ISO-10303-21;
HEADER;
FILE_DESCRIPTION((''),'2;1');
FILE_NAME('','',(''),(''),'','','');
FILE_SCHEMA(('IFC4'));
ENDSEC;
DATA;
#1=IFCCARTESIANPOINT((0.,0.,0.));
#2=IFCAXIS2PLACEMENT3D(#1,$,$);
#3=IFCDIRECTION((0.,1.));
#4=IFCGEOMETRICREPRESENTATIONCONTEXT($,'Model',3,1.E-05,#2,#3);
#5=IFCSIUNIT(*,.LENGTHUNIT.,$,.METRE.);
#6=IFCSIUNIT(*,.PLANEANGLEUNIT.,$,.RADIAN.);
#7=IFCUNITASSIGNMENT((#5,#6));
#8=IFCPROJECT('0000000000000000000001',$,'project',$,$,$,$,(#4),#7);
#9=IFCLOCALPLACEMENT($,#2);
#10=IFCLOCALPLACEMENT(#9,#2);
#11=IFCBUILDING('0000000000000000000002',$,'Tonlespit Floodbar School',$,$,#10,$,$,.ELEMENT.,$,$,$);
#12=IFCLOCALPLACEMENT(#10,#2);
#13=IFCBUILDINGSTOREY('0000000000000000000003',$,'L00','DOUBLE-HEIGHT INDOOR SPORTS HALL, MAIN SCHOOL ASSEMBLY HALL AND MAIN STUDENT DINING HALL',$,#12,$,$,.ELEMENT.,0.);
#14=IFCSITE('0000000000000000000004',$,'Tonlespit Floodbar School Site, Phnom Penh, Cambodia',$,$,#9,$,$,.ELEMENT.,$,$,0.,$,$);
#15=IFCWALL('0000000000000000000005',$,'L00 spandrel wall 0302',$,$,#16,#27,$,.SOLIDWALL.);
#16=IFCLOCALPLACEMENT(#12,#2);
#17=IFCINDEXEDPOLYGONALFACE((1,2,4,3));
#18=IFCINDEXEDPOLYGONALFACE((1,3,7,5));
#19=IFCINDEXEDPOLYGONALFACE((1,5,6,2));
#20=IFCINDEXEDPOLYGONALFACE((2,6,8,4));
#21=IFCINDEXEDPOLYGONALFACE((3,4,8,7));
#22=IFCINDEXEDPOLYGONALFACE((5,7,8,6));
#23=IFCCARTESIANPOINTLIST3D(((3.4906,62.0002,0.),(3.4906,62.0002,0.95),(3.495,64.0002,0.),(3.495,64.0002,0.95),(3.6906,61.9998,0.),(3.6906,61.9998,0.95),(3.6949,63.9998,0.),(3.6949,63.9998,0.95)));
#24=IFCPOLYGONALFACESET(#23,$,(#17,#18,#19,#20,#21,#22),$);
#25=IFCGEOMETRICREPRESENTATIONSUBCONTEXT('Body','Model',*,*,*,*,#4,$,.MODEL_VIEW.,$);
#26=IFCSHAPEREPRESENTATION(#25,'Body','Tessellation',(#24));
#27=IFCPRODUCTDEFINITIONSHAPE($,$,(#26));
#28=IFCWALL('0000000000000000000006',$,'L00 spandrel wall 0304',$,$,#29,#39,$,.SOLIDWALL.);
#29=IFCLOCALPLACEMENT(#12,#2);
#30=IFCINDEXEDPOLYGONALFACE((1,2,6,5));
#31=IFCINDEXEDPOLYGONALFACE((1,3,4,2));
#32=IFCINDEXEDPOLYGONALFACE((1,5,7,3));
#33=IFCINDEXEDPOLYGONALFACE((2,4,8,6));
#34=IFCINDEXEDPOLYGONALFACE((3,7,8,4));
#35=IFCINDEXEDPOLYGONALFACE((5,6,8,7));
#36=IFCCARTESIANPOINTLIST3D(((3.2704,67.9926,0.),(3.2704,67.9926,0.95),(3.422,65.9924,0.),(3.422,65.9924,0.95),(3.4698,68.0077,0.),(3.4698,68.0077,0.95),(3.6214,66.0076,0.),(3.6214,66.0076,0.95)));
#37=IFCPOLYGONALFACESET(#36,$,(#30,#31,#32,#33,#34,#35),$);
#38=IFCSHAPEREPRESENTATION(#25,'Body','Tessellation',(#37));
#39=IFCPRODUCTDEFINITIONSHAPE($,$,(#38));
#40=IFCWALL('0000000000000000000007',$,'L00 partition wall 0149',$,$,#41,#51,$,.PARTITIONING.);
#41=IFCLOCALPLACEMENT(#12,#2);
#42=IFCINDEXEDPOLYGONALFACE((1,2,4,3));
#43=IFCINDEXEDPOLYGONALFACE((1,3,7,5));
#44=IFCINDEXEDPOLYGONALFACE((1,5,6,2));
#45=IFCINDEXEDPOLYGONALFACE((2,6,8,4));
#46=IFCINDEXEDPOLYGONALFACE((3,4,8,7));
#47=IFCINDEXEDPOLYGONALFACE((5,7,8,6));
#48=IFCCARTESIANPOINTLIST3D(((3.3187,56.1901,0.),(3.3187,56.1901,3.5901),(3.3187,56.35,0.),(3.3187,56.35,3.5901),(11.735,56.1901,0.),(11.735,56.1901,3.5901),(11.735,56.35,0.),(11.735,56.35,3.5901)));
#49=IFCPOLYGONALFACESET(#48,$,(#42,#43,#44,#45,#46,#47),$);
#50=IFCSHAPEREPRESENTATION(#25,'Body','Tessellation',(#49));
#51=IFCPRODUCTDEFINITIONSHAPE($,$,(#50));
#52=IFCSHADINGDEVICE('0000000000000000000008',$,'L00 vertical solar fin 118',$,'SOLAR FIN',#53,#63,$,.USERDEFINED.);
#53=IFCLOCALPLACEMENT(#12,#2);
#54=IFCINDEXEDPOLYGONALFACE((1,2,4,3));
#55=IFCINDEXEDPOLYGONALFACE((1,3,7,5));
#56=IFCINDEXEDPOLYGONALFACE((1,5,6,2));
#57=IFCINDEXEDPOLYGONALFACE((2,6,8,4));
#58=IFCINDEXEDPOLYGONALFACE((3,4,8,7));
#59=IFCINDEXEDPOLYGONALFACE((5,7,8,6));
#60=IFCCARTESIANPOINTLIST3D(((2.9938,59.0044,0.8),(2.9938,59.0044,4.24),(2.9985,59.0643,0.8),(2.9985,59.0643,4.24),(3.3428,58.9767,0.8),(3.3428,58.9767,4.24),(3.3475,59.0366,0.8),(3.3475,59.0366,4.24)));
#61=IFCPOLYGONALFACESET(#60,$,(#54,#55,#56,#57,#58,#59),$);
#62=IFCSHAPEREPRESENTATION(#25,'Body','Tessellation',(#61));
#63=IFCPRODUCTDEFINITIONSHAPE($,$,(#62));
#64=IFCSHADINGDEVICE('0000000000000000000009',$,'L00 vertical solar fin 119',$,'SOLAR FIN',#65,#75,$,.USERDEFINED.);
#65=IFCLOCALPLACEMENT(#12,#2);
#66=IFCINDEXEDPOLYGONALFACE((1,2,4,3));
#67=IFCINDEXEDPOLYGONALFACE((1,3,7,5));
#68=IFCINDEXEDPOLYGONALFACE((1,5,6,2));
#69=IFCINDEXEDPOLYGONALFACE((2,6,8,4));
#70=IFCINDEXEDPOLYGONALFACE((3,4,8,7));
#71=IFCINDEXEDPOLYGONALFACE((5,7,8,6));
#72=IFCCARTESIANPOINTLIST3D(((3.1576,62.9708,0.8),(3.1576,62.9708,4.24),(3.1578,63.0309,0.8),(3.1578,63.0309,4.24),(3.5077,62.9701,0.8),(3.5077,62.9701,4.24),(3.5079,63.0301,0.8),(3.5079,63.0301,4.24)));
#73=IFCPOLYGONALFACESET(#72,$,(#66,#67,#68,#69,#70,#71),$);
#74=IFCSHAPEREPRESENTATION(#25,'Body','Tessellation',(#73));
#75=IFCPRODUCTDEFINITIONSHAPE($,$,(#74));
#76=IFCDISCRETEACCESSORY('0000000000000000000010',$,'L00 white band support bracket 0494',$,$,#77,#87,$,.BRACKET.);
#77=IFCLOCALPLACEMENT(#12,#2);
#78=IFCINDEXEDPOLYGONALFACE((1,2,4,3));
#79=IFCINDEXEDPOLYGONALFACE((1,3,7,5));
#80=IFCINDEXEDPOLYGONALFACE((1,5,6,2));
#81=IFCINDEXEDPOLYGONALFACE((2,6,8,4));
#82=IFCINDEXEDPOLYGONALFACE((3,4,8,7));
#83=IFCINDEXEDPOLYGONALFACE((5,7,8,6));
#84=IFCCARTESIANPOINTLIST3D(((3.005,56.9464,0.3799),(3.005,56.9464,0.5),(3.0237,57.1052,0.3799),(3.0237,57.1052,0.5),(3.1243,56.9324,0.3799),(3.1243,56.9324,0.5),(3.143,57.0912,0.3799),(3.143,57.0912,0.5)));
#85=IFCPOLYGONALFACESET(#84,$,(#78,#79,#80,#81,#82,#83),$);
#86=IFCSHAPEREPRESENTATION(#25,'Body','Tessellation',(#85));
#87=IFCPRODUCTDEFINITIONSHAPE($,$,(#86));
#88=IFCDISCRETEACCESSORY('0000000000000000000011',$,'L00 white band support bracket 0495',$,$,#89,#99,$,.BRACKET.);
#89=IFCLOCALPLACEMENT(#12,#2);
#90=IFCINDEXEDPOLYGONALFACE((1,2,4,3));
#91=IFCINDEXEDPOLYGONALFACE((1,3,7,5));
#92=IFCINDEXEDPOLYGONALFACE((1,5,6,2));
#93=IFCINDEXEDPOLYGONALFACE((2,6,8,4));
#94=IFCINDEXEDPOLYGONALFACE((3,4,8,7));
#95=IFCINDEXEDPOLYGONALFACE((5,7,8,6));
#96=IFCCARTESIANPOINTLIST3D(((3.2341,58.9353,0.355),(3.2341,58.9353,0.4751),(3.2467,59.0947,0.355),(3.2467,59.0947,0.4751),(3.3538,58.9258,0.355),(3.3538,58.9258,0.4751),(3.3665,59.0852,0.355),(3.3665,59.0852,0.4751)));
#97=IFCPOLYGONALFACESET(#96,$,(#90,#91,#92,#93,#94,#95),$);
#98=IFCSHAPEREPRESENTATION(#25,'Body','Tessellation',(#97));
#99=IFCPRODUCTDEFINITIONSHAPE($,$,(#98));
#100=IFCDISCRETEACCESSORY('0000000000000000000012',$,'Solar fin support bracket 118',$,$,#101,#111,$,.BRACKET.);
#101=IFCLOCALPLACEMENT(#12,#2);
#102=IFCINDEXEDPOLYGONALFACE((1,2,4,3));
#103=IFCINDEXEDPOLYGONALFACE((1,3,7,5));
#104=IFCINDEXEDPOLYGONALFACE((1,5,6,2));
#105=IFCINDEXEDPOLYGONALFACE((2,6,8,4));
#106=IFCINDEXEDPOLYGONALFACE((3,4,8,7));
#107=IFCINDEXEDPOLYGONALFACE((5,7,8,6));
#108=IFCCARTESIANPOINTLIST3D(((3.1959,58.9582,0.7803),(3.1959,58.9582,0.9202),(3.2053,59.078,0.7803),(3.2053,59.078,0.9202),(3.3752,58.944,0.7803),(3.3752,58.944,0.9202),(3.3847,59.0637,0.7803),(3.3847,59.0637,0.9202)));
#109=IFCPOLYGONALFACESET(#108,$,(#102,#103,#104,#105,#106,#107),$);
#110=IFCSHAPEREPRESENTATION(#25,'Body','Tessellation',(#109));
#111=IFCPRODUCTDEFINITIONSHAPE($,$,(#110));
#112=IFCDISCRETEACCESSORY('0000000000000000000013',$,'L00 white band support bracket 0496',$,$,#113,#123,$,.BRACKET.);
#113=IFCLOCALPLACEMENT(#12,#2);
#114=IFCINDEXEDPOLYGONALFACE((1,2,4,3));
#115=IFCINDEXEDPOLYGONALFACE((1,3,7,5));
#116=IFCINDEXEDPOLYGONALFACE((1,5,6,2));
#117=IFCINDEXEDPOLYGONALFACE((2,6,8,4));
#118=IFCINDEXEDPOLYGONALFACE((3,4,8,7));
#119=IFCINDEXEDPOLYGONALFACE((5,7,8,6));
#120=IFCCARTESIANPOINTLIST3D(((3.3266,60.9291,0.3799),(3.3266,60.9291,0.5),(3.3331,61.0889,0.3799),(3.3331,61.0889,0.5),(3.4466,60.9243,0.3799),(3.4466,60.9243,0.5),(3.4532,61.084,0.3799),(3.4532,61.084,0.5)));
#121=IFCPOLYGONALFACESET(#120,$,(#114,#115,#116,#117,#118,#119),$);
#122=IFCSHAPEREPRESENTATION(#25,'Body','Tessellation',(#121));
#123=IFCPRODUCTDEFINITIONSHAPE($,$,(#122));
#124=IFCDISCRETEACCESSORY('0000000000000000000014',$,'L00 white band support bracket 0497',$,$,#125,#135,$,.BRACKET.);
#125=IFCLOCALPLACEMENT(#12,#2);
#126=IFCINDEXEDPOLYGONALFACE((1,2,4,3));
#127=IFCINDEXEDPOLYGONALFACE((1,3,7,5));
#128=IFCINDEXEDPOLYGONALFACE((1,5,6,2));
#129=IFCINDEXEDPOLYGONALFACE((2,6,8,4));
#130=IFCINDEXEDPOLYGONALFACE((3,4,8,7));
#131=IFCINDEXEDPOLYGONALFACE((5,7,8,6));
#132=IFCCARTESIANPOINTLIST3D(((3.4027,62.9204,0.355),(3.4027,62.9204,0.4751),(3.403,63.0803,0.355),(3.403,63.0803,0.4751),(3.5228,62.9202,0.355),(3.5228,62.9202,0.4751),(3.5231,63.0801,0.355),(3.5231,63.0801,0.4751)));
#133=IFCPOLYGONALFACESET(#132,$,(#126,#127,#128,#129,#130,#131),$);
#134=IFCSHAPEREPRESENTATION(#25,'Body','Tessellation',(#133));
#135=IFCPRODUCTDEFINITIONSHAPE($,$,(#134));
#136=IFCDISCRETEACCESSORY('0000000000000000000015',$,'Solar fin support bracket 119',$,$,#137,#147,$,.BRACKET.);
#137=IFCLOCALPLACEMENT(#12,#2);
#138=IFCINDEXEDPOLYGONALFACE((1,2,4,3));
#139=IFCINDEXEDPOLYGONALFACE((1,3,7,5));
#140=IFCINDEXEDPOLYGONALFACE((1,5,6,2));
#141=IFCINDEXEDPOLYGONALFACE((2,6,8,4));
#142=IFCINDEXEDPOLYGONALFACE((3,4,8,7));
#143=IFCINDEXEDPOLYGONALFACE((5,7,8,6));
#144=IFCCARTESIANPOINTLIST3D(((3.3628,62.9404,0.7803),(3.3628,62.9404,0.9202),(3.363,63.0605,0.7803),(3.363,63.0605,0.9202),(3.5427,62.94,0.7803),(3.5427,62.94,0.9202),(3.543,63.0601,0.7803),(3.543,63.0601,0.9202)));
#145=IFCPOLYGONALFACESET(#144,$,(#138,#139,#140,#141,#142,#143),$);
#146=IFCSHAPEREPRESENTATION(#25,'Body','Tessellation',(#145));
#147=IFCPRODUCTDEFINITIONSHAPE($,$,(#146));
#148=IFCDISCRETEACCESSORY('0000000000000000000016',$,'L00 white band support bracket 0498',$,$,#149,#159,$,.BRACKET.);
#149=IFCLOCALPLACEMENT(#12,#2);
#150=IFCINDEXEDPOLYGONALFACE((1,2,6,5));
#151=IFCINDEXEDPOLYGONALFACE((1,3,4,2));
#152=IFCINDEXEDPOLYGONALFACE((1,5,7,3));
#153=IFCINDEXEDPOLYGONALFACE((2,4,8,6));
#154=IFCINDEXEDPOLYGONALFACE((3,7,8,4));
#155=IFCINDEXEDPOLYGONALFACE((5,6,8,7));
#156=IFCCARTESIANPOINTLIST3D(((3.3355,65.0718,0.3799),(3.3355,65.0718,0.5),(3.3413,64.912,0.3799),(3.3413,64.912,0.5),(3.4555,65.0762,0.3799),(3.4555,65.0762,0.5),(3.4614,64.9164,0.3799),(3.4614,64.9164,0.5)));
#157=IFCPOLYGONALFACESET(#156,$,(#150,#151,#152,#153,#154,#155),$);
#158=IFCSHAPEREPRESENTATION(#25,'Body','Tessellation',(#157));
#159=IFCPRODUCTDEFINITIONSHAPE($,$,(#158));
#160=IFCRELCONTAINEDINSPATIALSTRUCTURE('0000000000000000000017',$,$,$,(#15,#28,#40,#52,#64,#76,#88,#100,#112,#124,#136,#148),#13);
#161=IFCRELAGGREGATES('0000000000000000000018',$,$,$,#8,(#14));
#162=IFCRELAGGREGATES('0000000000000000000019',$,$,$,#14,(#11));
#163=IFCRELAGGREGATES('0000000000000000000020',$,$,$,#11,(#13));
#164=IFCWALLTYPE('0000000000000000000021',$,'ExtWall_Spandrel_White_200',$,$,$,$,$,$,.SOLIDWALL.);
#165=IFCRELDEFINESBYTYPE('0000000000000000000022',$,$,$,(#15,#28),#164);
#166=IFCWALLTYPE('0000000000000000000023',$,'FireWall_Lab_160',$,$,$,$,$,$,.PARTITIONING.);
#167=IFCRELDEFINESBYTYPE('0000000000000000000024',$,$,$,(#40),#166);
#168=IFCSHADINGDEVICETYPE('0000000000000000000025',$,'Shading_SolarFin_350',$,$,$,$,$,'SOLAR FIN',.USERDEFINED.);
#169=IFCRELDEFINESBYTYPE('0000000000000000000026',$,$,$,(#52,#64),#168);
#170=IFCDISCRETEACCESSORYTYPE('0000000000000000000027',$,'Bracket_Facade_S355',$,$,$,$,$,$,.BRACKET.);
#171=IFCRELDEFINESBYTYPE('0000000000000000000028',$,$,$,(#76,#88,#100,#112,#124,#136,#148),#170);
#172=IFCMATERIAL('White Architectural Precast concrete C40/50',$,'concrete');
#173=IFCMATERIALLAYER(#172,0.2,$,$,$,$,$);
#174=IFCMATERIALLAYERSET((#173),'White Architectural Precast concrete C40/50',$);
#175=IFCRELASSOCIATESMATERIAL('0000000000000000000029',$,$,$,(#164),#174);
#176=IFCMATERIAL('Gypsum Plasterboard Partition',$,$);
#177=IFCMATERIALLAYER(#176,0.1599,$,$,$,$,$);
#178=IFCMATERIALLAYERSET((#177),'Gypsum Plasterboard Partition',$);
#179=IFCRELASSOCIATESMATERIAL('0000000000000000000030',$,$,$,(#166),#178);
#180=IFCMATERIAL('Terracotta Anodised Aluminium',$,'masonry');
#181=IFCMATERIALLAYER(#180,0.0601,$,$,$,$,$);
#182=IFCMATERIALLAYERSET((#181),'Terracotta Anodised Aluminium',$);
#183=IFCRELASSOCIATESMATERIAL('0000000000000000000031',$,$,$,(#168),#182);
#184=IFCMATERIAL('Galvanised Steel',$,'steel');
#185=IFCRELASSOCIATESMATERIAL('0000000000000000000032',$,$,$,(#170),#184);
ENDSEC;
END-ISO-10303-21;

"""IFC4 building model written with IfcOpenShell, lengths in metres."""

from ifc_helpers import new_model, si_unit, direction, frame, frame_2d, origin, origin_2d, place, context, subcontext, project, spatial, rectangle, extrude, material, layer, layer_set, type_object, element, save


model = new_model("IFC4")

# Units and contexts
model_context = context("Model", 3, precision=1e-05, world=origin(), true_north=direction((0.0, 1.0)))
body_context = subcontext(model_context, "Body", "Model", "MODEL_VIEW")
ifc_project = project(units=[si_unit("LENGTHUNIT", "METRE"), si_unit("PLANEANGLEUNIT", "RADIAN")], contexts=[model_context])

# Site, building, storey
site_placement = place(None, origin())
site = spatial("IfcSite", under=ifc_project, at=site_placement, Name="Tonlespit Floodbar School Site, Phnom Penh, Cambodia", CompositionType="ELEMENT", RefElevation=0.0)
building_placement = place(site_placement, origin())
building = spatial("IfcBuilding", under=site, at=building_placement, Name="Tonlespit Floodbar School", CompositionType="ELEMENT")
storey_placement = place(building_placement, origin())
storey = spatial("IfcBuildingStorey", under=building, at=storey_placement, Name="L00", Description="DOUBLE-HEIGHT INDOOR SPORTS HALL, MAIN SCHOOL ASSEMBLY HALL AND MAIN STUDENT DINING HALL", CompositionType="ELEMENT", Elevation=0.0)

# Walls
ifc_material_1 = material(Name="White Architectural Precast concrete C40/50", Category="concrete")
ifc_layer_1 = layer(ifc_material_1, 0.2)
ifc_layer_set_1 = layer_set([ifc_layer_1], Name="White Architectural Precast concrete C40/50")
wall_type_1 = type_object("IfcWallType", Name="ExtWall_Spandrel_White_200", PredefinedType="SOLIDWALL", material=ifc_layer_set_1)
wall_1_placement = place(storey_placement, frame((3.5906, 62.0, 0.0), z_axis=(0.0, 0.0, 1.0), x_axis=(0.002197, 0.999998, 0.0)))
element("IfcWall", 1, at=wall_1_placement, inside=storey, type_object=wall_type_1, Name="L00 spandrel wall 0302", PredefinedType="SOLIDWALL", context=body_context, shape_type="SweptSolid", body=[
    extrude(rectangle(XDim=2.0, YDim=0.2, at=frame_2d((1.0, 0.0))), origin(), (0.0, 0.0, 1.0), 0.95),
])
wall_2_placement = place(storey_placement, frame((3.5217, 66.0, 0.0), z_axis=(0.0, 0.0, 1.0), x_axis=(-0.075589, 0.997139, 0.0)))
element("IfcWall", 2, at=wall_2_placement, inside=storey, type_object=wall_type_1, Name="L00 spandrel wall 0304", PredefinedType="SOLIDWALL", context=body_context, shape_type="SweptSolid", body=[
    extrude(rectangle(XDim=2.0059, YDim=0.2, at=frame_2d((1.0029, 0.0))), origin(), (0.0, 0.0, 1.0), 0.95),
])
ifc_material_2 = material(Name="Gypsum Plasterboard Partition")
ifc_layer_2 = layer(ifc_material_2, 0.1599)
ifc_layer_set_2 = layer_set([ifc_layer_2], Name="Gypsum Plasterboard Partition")
wall_type_2 = type_object("IfcWallType", Name="FireWall_Lab_160", PredefinedType="PARTITIONING", material=ifc_layer_set_2)
wall_3_placement = place(storey_placement, frame((3.3188, 56.27, 0.0), z_axis=(0.0, 0.0, 1.0), x_axis=(1.0, 0.0, 0.0)))
element("IfcWall", 3, at=wall_3_placement, inside=storey, type_object=wall_type_2, Name="L00 partition wall 0149", PredefinedType="PARTITIONING", context=body_context, shape_type="SweptSolid", body=[
    extrude(rectangle(XDim=8.4163, YDim=0.1599, at=frame_2d((4.208, 0.0))), origin(), (0.0, 0.0, 1.0), 3.5901),
])

# Shading devices
ifc_material_3 = material(Name="Terracotta Anodised Aluminium", Category="masonry")
ifc_layer_3 = layer(ifc_material_3, 0.0601)
ifc_layer_set_3 = layer_set([ifc_layer_3], Name="Terracotta Anodised Aluminium")
shading_device_type = type_object("IfcShadingDeviceType", Name="Shading_SolarFin_350", ElementType="SOLAR FIN", PredefinedType="USERDEFINED", material=ifc_layer_set_3)
for number, where, z_axis, x_axis, name in (
    (4, (3.1707, 59.0205, 0.8), (0.0, 0.0, 1.0), (0.079002, 0.996874, 0.0), "L00 vertical solar fin 118"),
    (5, (3.3328, 63.0005, 0.8), (0.0, 0.0, 1.0), (0.002201, 0.999998, 0.0), "L00 vertical solar fin 119"),
):
    element("IfcShadingDevice", number, at=place(storey_placement, frame(where, z_axis=z_axis, x_axis=x_axis)), inside=storey, type_object=shading_device_type, Name=name, ObjectType="SOLAR FIN", PredefinedType="USERDEFINED", context=body_context, shape_type="SweptSolid", body=[
        extrude(rectangle(XDim=0.0601, YDim=0.3501, at=origin_2d()), origin(), (0.0, 0.0, 1.0), 3.4399),
    ])

# Discrete accessories
ifc_material_4 = material(Name="Galvanised Steel", Category="steel")
discrete_accessory_type = type_object("IfcDiscreteAccessoryType", Name="Bracket_Facade_S355", PredefinedType="BRACKET", material=ifc_material_4)
for number, where, z_axis, x_axis, name in (
    (6, (3.074, 57.0188, 0.3799), (0.0, 0.0, 1.0), (0.116991, 0.993133, 0.0), "L00 white band support bracket 0494"),
    (7, (3.3003, 59.0103, 0.355), (0.0, 0.0, 1.0), (0.079002, 0.996874, 0.0), "L00 white band support bracket 0495"),
):
    element("IfcDiscreteAccessory", number, at=place(storey_placement, frame(where, z_axis=z_axis, x_axis=x_axis)), inside=storey, type_object=discrete_accessory_type, Name=name, PredefinedType="BRACKET", context=body_context, shape_type="SweptSolid", body=[
        extrude(rectangle(XDim=0.1599, YDim=0.1201, at=origin_2d()), origin(), (0.0, 0.0, 1.0), 0.1201),
    ])
discrete_accessory_1_placement = place(storey_placement, frame((3.2903, 59.011, 0.7803), z_axis=(0.0, 0.0, 1.0), x_axis=(0.079002, 0.996874, 0.0)))
element("IfcDiscreteAccessory", 8, at=discrete_accessory_1_placement, inside=storey, type_object=discrete_accessory_type, Name="Solar fin support bracket 118", PredefinedType="BRACKET", context=body_context, shape_type="SweptSolid", body=[
    extrude(rectangle(XDim=0.1201, YDim=0.1799, at=origin_2d()), origin(), (0.0, 0.0, 1.0), 0.1399),
])
for number, where, z_axis, x_axis, name in (
    (9, (3.3899, 61.0066, 0.3799), (0.0, 0.0, 1.0), (0.040716, 0.999171, 0.0), "L00 white band support bracket 0496"),
    (10, (3.4629, 63.0002, 0.355), (0.0, 0.0, 1.0), (0.002201, 0.999998, 0.0), "L00 white band support bracket 0497"),
):
    element("IfcDiscreteAccessory", number, at=place(storey_placement, frame(where, z_axis=z_axis, x_axis=x_axis)), inside=storey, type_object=discrete_accessory_type, Name=name, PredefinedType="BRACKET", context=body_context, shape_type="SweptSolid", body=[
        extrude(rectangle(XDim=0.1599, YDim=0.1201, at=origin_2d()), origin(), (0.0, 0.0, 1.0), 0.1201),
    ])
discrete_accessory_2_placement = place(storey_placement, frame((3.4529, 63.0002, 0.7803), z_axis=(0.0, 0.0, 1.0), x_axis=(0.002201, 0.999998, 0.0)))
element("IfcDiscreteAccessory", 11, at=discrete_accessory_2_placement, inside=storey, type_object=discrete_accessory_type, Name="Solar fin support bracket 119", PredefinedType="BRACKET", context=body_context, shape_type="SweptSolid", body=[
    extrude(rectangle(XDim=0.1201, YDim=0.1799, at=origin_2d()), origin(), (0.0, 0.0, 1.0), 0.1399),
])
discrete_accessory_3_placement = place(storey_placement, frame((3.3984, 64.9941, 0.3799), z_axis=(0.0, 0.0, 1.0), x_axis=(-0.036576, 0.999331, 0.0)))
element("IfcDiscreteAccessory", 12, at=discrete_accessory_3_placement, inside=storey, type_object=discrete_accessory_type, Name="L00 white band support bracket 0498", PredefinedType="BRACKET", context=body_context, shape_type="SweptSolid", body=[
    extrude(rectangle(XDim=0.1599, YDim=0.1201, at=origin_2d()), origin(), (0.0, 0.0, 1.0), 0.1201),
])

save(model, "model.ifc")
